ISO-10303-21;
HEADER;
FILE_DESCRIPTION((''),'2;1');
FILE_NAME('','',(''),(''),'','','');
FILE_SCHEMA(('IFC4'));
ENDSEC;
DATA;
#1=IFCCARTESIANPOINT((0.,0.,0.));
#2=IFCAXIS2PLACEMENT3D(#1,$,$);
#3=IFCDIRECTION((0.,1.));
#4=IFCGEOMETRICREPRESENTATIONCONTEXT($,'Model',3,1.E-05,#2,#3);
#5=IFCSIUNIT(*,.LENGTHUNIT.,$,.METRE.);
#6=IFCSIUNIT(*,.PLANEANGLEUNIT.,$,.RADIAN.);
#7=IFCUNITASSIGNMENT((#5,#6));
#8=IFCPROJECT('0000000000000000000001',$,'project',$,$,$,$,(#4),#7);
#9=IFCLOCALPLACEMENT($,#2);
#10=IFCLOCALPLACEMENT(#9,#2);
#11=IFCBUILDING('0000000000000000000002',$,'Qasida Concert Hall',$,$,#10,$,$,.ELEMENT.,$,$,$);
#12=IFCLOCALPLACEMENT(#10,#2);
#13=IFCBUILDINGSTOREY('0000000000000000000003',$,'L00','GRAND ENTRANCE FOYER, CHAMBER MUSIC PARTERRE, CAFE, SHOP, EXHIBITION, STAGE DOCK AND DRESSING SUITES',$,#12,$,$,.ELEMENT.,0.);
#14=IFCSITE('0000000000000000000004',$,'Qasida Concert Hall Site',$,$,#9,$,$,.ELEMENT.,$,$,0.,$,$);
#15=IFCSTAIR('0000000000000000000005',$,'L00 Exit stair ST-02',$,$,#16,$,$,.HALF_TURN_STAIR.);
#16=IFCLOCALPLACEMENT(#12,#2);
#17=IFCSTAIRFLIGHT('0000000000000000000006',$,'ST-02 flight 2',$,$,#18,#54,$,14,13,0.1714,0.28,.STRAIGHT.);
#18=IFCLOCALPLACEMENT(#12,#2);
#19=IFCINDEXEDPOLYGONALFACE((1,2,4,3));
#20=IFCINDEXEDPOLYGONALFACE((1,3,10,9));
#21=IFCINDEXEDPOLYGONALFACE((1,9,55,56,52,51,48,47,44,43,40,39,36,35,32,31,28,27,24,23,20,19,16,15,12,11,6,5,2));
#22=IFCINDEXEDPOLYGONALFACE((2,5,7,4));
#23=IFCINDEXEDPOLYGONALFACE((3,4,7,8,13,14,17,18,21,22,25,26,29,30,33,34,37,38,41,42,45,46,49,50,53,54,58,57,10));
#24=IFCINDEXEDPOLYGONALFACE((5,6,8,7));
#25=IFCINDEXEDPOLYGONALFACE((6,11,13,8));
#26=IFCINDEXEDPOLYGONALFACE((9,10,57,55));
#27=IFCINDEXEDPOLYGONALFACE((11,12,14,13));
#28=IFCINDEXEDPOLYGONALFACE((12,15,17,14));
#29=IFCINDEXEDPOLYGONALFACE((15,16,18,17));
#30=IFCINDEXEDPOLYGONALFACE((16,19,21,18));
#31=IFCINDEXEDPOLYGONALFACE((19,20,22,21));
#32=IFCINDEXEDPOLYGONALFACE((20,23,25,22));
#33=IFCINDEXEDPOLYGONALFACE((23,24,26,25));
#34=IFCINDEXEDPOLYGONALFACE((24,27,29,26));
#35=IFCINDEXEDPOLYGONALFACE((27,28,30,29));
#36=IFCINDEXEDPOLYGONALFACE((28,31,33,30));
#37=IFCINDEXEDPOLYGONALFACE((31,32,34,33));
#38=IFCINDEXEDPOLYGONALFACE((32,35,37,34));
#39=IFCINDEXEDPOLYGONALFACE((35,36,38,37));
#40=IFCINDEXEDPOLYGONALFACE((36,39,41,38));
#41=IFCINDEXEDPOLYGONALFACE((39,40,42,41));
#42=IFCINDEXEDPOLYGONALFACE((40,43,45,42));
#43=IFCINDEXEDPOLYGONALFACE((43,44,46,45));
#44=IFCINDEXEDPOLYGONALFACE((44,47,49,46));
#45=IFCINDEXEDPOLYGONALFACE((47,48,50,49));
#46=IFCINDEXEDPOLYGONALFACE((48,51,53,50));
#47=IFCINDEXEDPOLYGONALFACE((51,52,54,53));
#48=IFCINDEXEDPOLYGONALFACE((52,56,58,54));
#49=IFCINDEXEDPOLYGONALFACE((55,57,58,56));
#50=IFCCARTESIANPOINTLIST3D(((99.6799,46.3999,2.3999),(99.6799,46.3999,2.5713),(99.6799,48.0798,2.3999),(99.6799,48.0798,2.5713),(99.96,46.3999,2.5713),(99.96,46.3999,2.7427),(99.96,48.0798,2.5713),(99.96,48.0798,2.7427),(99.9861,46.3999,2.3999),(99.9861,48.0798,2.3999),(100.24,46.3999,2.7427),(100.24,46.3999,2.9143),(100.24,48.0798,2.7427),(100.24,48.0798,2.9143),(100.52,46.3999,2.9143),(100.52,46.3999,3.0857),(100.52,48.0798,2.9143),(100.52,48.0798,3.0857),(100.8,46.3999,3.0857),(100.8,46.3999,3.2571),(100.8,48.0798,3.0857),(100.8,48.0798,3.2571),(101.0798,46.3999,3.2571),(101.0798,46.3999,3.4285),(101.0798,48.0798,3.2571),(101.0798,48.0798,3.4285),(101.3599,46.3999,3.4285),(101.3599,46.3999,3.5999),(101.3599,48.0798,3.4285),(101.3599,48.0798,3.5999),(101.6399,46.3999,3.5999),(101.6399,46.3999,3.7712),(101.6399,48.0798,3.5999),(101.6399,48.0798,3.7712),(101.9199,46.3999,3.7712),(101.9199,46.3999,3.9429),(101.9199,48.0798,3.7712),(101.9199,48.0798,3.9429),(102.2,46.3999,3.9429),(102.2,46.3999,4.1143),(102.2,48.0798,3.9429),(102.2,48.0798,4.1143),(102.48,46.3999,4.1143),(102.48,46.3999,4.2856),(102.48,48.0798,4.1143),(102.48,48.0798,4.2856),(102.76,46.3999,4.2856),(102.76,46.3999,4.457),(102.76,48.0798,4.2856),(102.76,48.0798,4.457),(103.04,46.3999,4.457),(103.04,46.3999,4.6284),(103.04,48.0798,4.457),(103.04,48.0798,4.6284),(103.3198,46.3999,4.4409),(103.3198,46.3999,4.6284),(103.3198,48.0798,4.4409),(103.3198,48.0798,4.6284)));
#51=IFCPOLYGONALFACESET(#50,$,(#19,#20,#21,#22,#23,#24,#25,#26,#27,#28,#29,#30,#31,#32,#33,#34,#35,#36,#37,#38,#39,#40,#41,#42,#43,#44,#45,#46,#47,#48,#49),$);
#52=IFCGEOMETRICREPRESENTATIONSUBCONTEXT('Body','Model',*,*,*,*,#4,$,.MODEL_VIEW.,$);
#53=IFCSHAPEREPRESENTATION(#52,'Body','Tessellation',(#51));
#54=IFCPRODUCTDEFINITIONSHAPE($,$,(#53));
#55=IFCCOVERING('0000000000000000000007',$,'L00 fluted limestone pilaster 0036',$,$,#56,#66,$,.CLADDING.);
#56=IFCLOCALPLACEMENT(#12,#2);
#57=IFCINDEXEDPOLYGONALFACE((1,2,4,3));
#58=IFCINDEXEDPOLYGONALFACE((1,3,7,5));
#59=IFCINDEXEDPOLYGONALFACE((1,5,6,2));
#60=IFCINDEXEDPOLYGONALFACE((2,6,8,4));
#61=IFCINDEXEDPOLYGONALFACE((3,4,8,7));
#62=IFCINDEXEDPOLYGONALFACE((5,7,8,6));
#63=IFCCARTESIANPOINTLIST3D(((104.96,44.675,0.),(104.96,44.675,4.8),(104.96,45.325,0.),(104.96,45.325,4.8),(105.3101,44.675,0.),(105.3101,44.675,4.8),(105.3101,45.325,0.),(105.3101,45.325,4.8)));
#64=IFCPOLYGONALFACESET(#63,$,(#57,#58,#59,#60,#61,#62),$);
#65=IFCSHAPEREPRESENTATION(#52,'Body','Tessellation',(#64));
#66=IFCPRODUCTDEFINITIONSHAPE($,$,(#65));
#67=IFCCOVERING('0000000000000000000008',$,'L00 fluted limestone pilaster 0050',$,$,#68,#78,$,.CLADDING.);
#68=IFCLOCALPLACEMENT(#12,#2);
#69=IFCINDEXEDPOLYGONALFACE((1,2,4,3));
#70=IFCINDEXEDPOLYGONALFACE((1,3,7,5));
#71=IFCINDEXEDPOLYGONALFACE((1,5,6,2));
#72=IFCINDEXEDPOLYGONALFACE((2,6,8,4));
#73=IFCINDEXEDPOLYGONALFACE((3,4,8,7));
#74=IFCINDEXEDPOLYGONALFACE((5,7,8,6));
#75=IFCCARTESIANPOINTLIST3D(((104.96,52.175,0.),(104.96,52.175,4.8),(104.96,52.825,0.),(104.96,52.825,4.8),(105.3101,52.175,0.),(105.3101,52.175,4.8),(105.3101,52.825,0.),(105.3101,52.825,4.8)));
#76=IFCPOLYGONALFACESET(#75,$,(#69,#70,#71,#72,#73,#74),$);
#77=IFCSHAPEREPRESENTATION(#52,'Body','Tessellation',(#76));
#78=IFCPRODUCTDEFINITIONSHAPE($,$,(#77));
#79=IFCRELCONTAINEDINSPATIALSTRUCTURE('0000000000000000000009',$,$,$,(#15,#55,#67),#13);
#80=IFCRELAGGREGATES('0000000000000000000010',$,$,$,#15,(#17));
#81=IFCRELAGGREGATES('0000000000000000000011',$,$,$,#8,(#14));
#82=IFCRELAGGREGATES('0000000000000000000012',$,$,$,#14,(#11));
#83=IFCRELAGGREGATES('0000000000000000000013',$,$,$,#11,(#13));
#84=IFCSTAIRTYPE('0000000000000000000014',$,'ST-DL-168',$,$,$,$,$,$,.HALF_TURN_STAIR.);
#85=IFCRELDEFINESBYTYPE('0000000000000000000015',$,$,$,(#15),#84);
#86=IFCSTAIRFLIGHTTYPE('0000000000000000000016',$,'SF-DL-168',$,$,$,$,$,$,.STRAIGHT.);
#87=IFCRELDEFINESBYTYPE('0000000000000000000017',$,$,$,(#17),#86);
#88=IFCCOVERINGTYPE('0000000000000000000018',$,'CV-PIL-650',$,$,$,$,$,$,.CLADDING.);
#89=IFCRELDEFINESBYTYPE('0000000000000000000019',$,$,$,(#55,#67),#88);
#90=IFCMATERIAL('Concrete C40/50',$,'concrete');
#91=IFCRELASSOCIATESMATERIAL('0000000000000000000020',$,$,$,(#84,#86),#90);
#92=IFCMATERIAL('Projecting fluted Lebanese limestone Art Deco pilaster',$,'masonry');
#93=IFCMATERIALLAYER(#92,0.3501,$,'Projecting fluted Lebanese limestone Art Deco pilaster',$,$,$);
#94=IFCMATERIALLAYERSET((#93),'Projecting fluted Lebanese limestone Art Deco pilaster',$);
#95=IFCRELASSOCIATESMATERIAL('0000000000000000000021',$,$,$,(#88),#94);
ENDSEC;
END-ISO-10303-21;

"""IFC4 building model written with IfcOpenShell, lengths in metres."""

from ifc_helpers import new_model, si_unit, direction, frame, origin, origin_2d, place, context, subcontext, project, spatial, polyline, rectangle, outline, extrude, material, layer, layer_set, type_object, element, aggregate, save


model = new_model("IFC4")

# Units and contexts
model_context = context("Model", 3, precision=1e-05, world=origin(), true_north=direction((0.0, 1.0)))
body_context = subcontext(model_context, "Body", "Model", "MODEL_VIEW")
ifc_project = project(units=[si_unit("LENGTHUNIT", "METRE"), si_unit("PLANEANGLEUNIT", "RADIAN")], contexts=[model_context])

# Site, building, storey
site_placement = place(None, origin())
site = spatial("IfcSite", under=ifc_project, at=site_placement, Name="Qasida Concert Hall Site", CompositionType="ELEMENT", RefElevation=0.0)
building_placement = place(site_placement, origin())
building = spatial("IfcBuilding", under=site, at=building_placement, Name="Qasida Concert Hall", CompositionType="ELEMENT")
storey_placement = place(building_placement, origin())
storey = spatial("IfcBuildingStorey", under=building, at=storey_placement, Name="L00", Description="GRAND ENTRANCE FOYER, CHAMBER MUSIC PARTERRE, CAFE, SHOP, EXHIBITION, STAGE DOCK AND DRESSING SUITES", CompositionType="ELEMENT", Elevation=0.0)

# Shared definitions
ifc_material_1 = material(Name="Concrete C40/50", Category="concrete")

# Stair, stair flight
stair_type = type_object("IfcStairType", Name="ST-DL-168", PredefinedType="HALF_TURN_STAIR", material=ifc_material_1)
stair_placement = place(storey_placement, origin())
stair = element("IfcStair", 1, at=stair_placement, inside=storey, type_object=stair_type, Name="L00 Exit stair ST-02", PredefinedType="HALF_TURN_STAIR")
stair_flight_type = type_object("IfcStairFlightType", Name="SF-DL-168", PredefinedType="STRAIGHT", material=ifc_material_1)
stair_flight_1_placement = place(storey_placement, frame((99.6799, 47.24, 2.3999), z_axis=(0.0, 0.0, 1.0), x_axis=(1.0, 0.0, 0.0)))
stair_flight_1 = element("IfcStairFlight", 2, at=stair_flight_1_placement, type_object=stair_flight_type, Name="ST-02 flight 2", NumberOfRisers=14, NumberOfTreads=13, PredefinedType="STRAIGHT", RiserHeight=0.1714, TreadLength=0.28, context=body_context, shape_type="SweptSolid", body=[
    extrude(outline(polyline([(0.0, 0.0), (0.0, 0.1714), (0.28, 0.1714), (0.28, 0.3428), (0.5601, 0.3428), (0.5601, 0.5144), (0.8401, 0.5144), (0.8401, 0.6858), (1.1201, 0.6858), (1.1201, 0.8572), (1.3999, 0.8572), (1.3999, 1.0286), (1.6799, 1.0286), (1.6799, 1.2), (1.96, 1.2), (1.96, 1.3713), (2.24, 1.3713), (2.24, 1.543), (2.52, 1.543), (2.52, 1.7144), (2.8, 1.7144), (2.8, 1.8857), (3.0801, 1.8857), (3.0801, 2.0571), (3.3601, 2.0571), (3.3601, 2.2285), (3.6399, 2.2285), (3.6399, 2.3999), (3.6399, 2.041), (0.3062, 0.0), (0.0, 0.0)])), frame((0.0, 0.8398, 0.0), z_axis=(0.0, -1.0, 0.0), x_axis=(1.0, 0.0, 0.0)), (0.0, 0.0, 1.0), 1.6799),
])
aggregate(stair, [stair_flight_1])

# Coverings
ifc_material_2 = material(Name="Projecting fluted Lebanese limestone Art Deco pilaster", Category="masonry")
ifc_layer_1 = layer(ifc_material_2, 0.3501, Name="Projecting fluted Lebanese limestone Art Deco pilaster")
ifc_layer_set_1 = layer_set([ifc_layer_1], Name="Projecting fluted Lebanese limestone Art Deco pilaster")
covering_type = type_object("IfcCoveringType", Name="CV-PIL-650", PredefinedType="CLADDING", material=ifc_layer_set_1)
for number, where, z_axis, x_axis, name in (
    (3, (105.135, 45.0, 0.0), (0.0, 0.0, 1.0), (1.0, 0.0, 0.0), "L00 fluted limestone pilaster 0036"),
    (4, (105.135, 52.5, 0.0), (0.0, 0.0, 1.0), (1.0, 0.0, 0.0), "L00 fluted limestone pilaster 0050"),
):
    element("IfcCovering", number, at=place(storey_placement, frame(where, z_axis=z_axis, x_axis=x_axis)), inside=storey, type_object=covering_type, Name=name, PredefinedType="CLADDING", context=body_context, shape_type="SweptSolid", body=[
        extrude(rectangle(XDim=0.3501, YDim=0.6499, at=origin_2d()), origin(), (0.0, 0.0, 1.0), 4.8),
    ])

save(model, "model.ifc")
